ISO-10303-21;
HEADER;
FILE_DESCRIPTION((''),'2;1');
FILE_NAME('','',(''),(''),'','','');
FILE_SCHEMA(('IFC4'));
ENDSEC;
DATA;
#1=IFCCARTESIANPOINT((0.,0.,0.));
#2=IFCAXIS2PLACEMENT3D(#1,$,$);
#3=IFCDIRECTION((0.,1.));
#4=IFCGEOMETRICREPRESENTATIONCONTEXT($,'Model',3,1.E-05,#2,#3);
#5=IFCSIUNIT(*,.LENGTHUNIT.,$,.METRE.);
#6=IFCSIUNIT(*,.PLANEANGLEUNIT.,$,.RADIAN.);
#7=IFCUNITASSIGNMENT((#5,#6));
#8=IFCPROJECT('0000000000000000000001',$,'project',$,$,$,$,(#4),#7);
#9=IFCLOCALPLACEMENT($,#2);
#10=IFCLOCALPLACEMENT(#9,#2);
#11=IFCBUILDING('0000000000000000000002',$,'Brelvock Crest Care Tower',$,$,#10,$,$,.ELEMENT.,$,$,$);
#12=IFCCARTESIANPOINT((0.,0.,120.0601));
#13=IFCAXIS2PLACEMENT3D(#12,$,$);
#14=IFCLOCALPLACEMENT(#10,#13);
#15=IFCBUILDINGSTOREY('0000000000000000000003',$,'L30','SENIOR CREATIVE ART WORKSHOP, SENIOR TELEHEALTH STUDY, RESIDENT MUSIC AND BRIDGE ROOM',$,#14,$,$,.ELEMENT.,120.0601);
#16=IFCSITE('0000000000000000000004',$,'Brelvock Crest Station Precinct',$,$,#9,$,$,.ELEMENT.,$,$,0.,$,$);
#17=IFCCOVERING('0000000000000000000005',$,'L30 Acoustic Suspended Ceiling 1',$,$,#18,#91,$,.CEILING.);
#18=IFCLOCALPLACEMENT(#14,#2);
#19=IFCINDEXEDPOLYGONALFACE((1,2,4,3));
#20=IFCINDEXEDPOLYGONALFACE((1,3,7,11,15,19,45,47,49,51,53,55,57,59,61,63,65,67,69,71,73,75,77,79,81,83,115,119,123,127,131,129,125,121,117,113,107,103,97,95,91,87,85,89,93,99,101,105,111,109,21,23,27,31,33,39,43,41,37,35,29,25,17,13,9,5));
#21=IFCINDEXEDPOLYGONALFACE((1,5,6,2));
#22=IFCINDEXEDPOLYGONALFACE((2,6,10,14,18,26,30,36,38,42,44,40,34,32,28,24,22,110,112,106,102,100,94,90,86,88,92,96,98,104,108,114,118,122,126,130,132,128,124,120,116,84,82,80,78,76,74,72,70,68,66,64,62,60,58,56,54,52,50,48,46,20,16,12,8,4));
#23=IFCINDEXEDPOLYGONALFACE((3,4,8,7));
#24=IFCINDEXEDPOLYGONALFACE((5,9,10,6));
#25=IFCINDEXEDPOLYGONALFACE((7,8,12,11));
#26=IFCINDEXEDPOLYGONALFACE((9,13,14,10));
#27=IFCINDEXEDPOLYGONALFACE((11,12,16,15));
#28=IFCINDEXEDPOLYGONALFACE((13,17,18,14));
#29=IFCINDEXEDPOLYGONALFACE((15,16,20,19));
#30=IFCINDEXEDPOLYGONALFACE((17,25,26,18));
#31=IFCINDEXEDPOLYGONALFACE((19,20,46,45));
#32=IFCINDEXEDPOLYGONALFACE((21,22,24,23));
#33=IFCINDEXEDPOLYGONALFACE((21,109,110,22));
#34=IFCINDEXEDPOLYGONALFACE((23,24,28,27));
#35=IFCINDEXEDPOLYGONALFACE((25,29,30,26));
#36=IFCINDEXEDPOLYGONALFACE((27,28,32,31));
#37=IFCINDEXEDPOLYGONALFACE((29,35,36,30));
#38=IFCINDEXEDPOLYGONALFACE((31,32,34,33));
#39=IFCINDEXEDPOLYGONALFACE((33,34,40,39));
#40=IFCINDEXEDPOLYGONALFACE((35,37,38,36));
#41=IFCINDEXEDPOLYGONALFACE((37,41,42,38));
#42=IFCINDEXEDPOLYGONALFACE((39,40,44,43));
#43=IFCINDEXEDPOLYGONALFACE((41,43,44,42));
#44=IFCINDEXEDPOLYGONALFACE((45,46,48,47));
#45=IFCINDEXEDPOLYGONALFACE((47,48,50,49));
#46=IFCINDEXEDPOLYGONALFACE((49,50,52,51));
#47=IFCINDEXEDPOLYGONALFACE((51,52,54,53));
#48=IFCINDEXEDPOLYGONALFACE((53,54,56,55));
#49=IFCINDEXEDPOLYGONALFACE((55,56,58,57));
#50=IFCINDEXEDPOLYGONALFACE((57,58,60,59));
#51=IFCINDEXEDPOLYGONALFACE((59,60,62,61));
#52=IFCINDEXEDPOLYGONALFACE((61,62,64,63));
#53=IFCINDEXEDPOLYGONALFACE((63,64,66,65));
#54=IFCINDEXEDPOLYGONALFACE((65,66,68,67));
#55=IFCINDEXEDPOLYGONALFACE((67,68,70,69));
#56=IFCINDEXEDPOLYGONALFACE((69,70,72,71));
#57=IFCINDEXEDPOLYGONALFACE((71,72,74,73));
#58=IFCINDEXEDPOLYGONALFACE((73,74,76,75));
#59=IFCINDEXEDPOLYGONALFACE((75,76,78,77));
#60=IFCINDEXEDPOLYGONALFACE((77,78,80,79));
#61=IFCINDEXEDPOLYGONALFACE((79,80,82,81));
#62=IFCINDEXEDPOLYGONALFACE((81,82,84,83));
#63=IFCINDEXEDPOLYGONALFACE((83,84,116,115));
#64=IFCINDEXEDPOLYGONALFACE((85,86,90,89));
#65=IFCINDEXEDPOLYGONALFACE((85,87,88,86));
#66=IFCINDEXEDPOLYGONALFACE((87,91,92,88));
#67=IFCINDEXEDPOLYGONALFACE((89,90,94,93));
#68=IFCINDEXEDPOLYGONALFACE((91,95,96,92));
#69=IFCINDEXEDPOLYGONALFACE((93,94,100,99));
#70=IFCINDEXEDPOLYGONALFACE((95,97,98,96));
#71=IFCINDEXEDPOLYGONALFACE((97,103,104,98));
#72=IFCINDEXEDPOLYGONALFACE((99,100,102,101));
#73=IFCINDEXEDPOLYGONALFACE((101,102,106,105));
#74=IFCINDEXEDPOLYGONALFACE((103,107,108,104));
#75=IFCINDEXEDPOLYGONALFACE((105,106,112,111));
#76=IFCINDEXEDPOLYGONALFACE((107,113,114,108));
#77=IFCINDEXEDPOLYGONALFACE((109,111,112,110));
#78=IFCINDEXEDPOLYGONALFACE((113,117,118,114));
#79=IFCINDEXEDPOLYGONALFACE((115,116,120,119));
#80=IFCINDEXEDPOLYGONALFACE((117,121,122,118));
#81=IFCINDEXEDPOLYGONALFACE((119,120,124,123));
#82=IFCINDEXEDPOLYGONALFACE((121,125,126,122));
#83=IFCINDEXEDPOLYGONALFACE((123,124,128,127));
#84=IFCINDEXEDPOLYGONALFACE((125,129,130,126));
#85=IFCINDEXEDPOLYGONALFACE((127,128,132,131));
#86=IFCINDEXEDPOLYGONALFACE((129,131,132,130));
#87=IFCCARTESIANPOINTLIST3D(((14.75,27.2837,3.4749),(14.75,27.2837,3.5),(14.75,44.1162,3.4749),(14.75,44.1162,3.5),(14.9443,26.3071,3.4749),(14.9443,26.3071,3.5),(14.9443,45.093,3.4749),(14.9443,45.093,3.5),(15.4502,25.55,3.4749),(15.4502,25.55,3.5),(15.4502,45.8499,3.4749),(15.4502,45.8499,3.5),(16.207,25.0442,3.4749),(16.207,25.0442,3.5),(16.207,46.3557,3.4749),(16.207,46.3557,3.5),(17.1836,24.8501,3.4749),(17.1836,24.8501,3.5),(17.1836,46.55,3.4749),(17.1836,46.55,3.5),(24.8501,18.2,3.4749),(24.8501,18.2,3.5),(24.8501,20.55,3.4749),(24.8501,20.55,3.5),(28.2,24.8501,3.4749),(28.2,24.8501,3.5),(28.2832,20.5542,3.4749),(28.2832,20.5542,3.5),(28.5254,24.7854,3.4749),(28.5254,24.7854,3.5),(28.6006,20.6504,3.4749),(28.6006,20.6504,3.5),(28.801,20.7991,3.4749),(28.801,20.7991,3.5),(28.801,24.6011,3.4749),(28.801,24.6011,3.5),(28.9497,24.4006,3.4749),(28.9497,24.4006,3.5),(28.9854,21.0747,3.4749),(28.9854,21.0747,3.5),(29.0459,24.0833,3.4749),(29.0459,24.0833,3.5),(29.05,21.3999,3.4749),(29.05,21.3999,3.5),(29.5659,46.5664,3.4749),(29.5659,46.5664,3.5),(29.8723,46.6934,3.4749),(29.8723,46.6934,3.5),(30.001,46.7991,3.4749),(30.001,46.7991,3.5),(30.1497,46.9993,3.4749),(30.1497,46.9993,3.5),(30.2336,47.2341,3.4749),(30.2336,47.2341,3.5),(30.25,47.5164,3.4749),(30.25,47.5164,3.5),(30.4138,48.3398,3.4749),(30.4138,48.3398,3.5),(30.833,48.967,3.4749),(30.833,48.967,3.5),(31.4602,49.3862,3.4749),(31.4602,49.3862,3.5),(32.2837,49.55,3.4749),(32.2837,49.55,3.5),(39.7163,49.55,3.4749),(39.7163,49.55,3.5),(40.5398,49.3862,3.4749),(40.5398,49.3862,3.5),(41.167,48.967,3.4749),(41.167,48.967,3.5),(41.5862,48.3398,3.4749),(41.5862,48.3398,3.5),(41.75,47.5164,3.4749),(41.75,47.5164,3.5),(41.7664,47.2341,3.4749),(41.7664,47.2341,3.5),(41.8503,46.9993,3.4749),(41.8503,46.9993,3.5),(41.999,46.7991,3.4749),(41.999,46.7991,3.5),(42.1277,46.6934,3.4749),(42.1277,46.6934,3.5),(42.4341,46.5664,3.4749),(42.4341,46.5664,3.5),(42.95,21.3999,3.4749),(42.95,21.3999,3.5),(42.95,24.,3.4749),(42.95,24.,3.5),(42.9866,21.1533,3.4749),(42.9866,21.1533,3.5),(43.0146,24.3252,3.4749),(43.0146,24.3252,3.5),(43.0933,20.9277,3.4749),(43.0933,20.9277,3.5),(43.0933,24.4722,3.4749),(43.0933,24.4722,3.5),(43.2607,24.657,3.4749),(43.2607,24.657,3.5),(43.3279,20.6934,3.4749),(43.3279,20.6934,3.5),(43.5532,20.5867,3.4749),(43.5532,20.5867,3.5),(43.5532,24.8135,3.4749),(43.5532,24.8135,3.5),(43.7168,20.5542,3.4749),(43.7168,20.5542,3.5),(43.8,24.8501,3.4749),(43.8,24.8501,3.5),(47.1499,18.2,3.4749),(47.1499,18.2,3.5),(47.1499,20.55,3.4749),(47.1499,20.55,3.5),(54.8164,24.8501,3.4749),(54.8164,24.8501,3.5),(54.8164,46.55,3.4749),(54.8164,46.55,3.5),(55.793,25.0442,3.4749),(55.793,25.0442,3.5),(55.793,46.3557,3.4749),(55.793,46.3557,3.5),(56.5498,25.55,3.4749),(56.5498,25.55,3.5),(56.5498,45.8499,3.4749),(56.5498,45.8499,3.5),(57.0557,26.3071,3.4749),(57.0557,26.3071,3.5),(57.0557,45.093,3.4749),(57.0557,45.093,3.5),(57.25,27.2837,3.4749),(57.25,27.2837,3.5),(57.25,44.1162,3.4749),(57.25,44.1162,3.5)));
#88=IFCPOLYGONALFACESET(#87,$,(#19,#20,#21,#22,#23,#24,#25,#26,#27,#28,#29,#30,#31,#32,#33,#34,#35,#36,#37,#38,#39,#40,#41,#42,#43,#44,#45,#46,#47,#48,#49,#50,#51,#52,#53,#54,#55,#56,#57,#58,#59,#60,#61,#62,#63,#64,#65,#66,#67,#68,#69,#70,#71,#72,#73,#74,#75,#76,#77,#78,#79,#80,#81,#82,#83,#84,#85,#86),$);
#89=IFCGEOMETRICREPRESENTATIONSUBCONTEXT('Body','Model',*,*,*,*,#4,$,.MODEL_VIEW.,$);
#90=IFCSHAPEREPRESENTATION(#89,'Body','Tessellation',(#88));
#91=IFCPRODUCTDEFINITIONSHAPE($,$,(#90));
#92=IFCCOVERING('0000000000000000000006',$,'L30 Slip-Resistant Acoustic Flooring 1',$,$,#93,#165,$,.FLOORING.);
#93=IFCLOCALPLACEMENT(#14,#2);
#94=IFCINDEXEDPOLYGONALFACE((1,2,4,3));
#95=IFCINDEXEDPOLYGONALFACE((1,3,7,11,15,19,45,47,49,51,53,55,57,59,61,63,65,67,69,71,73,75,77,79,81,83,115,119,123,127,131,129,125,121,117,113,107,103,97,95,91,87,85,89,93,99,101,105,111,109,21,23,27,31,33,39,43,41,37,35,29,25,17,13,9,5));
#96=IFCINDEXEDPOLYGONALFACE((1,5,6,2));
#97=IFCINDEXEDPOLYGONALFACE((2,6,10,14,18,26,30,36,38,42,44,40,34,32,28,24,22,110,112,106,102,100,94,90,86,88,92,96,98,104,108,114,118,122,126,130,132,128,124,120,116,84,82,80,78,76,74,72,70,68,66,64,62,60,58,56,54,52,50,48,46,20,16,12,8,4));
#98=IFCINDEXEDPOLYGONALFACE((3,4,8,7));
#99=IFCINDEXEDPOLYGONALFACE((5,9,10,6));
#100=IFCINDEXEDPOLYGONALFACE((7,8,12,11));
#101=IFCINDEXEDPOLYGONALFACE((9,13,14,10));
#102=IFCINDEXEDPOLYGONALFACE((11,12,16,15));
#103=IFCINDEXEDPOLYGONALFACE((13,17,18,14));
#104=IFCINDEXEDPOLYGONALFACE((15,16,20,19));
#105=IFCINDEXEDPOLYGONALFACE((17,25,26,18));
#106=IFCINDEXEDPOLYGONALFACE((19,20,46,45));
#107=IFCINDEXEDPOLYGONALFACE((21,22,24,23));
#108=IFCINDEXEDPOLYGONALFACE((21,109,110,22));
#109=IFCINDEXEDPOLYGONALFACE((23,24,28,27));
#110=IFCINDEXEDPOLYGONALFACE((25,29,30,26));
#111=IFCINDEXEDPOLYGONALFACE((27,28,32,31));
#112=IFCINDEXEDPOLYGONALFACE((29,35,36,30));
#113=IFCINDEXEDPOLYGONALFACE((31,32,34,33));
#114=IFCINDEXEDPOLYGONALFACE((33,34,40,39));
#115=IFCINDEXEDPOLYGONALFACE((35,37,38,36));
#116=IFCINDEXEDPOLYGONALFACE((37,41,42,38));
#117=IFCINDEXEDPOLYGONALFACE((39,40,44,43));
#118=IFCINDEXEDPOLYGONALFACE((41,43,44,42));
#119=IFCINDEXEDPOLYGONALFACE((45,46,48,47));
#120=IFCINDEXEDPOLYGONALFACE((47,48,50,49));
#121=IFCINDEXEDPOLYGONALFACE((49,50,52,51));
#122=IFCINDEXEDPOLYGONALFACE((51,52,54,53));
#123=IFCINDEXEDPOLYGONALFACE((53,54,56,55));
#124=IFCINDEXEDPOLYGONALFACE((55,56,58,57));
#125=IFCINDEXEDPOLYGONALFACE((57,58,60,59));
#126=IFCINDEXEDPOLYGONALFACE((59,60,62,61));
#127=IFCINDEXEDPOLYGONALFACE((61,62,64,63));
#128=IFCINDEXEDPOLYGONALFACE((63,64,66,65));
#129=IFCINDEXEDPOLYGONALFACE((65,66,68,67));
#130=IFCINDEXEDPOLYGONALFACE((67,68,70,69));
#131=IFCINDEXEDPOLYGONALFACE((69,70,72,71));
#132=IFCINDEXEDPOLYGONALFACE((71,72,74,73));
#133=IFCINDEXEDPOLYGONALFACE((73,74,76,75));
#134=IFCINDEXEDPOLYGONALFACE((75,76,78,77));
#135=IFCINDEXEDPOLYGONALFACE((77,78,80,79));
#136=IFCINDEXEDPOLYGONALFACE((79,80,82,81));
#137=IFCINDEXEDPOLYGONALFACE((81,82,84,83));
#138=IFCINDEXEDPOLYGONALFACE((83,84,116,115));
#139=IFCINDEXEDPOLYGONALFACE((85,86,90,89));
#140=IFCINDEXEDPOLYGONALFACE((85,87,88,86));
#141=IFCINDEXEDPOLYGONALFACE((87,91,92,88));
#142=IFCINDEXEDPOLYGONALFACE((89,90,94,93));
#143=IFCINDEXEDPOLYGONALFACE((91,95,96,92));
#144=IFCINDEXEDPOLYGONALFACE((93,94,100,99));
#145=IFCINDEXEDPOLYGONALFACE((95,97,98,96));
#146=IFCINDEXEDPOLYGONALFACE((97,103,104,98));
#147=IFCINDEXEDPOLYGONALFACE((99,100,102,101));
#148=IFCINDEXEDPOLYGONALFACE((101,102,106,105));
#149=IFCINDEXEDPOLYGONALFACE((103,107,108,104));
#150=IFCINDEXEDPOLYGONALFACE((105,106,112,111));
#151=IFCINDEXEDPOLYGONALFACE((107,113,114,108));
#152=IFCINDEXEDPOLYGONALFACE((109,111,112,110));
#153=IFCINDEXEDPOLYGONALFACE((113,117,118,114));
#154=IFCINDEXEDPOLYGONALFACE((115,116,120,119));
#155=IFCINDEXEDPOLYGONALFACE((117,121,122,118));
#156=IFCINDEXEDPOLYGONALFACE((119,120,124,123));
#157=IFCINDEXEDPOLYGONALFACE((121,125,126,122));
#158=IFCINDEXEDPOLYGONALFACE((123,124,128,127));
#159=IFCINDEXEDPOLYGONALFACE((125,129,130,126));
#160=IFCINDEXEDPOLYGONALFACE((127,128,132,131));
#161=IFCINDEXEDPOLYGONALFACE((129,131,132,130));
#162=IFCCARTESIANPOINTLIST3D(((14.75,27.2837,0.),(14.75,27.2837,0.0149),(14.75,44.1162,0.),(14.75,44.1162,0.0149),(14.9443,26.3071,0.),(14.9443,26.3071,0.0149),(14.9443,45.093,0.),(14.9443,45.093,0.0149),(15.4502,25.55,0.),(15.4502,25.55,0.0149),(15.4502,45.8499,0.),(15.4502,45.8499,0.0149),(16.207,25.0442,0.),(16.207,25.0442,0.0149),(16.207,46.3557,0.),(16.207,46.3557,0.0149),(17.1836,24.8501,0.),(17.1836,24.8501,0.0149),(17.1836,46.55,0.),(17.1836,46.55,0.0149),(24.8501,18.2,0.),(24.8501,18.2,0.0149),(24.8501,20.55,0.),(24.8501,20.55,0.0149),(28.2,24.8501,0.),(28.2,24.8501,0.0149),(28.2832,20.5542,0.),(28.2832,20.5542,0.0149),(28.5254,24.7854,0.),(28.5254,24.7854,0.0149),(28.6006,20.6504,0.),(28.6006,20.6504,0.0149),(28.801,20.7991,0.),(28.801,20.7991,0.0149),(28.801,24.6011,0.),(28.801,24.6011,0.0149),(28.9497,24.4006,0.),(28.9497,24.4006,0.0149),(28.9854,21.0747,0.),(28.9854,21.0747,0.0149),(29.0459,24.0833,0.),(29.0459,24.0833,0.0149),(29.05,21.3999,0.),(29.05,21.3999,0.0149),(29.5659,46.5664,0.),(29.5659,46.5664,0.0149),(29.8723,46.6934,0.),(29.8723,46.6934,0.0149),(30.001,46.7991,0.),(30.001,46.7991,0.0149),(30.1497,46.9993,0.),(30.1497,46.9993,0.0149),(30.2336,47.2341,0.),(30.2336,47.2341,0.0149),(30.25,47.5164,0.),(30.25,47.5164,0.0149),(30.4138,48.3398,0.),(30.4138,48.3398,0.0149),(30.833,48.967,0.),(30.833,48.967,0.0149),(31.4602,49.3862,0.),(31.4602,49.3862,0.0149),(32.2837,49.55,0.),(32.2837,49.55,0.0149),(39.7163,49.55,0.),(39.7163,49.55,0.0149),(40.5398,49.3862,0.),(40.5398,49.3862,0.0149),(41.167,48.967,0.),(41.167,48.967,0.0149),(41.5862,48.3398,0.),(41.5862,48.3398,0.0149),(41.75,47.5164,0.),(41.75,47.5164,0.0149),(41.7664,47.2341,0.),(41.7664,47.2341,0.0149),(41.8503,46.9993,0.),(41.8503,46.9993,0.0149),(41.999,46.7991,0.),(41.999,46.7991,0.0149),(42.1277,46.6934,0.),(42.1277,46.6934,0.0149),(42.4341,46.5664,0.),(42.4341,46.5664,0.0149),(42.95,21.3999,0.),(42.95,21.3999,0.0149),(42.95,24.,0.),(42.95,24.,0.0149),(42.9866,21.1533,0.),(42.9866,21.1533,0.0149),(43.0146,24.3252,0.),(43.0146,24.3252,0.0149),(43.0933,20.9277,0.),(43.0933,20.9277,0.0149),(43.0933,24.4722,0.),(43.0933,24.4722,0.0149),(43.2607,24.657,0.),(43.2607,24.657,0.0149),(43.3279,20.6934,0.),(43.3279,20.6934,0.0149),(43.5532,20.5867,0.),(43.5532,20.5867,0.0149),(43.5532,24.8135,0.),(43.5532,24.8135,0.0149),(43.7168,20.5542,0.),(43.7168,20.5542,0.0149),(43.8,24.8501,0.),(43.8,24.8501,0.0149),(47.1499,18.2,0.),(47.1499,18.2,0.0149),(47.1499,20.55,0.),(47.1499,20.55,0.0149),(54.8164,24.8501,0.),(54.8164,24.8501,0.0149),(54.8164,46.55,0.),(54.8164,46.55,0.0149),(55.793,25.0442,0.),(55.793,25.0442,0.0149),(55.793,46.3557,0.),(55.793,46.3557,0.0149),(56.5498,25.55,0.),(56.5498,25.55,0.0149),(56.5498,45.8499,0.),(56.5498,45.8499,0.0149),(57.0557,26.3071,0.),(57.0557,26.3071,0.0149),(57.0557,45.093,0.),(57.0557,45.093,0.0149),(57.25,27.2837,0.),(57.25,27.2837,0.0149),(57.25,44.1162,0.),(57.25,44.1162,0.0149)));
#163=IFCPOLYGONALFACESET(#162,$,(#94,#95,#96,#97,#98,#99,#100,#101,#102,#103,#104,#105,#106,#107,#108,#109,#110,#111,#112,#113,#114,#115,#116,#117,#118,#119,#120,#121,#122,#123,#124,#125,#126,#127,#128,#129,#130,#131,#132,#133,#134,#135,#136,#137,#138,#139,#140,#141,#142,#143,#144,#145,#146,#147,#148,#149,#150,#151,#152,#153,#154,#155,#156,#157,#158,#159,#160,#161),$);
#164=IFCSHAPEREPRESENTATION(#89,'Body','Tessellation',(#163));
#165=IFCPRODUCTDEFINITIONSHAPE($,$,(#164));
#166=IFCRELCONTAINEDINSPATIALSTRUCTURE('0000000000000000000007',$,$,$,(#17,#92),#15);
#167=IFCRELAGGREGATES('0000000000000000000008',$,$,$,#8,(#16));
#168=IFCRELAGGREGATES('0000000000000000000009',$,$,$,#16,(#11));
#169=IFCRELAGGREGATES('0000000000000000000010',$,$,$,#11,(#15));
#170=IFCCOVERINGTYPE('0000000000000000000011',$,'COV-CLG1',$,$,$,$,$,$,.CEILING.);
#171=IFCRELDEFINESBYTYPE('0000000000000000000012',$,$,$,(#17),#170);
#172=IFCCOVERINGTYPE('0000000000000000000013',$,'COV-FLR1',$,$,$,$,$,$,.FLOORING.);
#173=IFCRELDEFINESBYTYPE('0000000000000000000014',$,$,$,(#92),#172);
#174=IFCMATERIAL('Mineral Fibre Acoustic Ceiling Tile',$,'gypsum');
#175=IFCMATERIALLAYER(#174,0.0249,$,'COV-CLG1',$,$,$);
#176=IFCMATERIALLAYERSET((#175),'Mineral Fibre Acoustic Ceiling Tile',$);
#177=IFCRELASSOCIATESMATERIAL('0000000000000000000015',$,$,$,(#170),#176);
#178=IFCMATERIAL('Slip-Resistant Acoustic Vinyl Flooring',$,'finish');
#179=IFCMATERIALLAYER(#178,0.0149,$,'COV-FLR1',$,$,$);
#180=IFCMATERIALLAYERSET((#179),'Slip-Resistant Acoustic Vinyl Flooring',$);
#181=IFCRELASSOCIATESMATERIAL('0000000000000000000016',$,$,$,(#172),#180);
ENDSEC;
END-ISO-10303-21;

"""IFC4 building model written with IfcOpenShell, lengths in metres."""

from ifc_helpers import new_model, si_unit, direction, frame, origin, place, context, subcontext, project, spatial, polyline, outline, extrude, material, layer, layer_set, type_object, element, save


model = new_model("IFC4")

# Units and contexts
model_context = context("Model", 3, precision=1e-05, world=origin(), true_north=direction((0.0, 1.0)))
body_context = subcontext(model_context, "Body", "Model", "MODEL_VIEW")
ifc_project = project(units=[si_unit("LENGTHUNIT", "METRE"), si_unit("PLANEANGLEUNIT", "RADIAN")], contexts=[model_context])

# Site, building, storey
site_placement = place(None, origin())
site = spatial("IfcSite", under=ifc_project, at=site_placement, Name="Brelvock Crest Station Precinct", CompositionType="ELEMENT", RefElevation=0.0)
building_placement = place(site_placement, origin())
building = spatial("IfcBuilding", under=site, at=building_placement, Name="Brelvock Crest Care Tower", CompositionType="ELEMENT")
storey_placement = place(building_placement, frame((0.0, 0.0, 120.0601)))
storey = spatial("IfcBuildingStorey", under=building, at=storey_placement, Name="L30", Description="SENIOR CREATIVE ART WORKSHOP, SENIOR TELEHEALTH STUDY, RESIDENT MUSIC AND BRIDGE ROOM", CompositionType="ELEMENT", Elevation=120.0601)

# Coverings
ifc_material_1 = material(Name="Mineral Fibre Acoustic Ceiling Tile", Category="gypsum")
ifc_layer_1 = layer(ifc_material_1, 0.0249, Name="COV-CLG1")
ifc_layer_set_1 = layer_set([ifc_layer_1], Name="Mineral Fibre Acoustic Ceiling Tile")
covering_type_1 = type_object("IfcCoveringType", Name="COV-CLG1", PredefinedType="CEILING", material=ifc_layer_set_1)
covering_1_placement = place(storey_placement, frame((0.0, 0.0, 3.4749)))
element("IfcCovering", 1, at=covering_1_placement, inside=storey, type_object=covering_type_1, Name="L30 Acoustic Suspended Ceiling 1", PredefinedType="CEILING", context=body_context, shape_type="SweptSolid", body=[
    extrude(outline(polyline([(24.8501, 18.2), (47.1499, 18.2), (47.1499, 20.55), (43.7168, 20.5542), (43.5532, 20.5867), (43.3279, 20.6934), (43.0933, 20.9277), (42.9866, 21.1533), (42.95, 21.3999), (42.95, 24.0), (43.0146, 24.3252), (43.0933, 24.4722), (43.2607, 24.657), (43.5532, 24.8135), (43.8, 24.8501), (54.8164, 24.8501), (55.793, 25.0442), (56.5498, 25.55), (57.0557, 26.3071), (57.25, 27.2837), (57.25, 44.1162), (57.0557, 45.093), (56.5498, 45.8499), (55.793, 46.3557), (54.8164, 46.55), (42.4341, 46.5664), (42.1277, 46.6934), (41.999, 46.7991), (41.8503, 46.9993), (41.7664, 47.2341), (41.75, 47.5164), (41.5862, 48.3398), (41.167, 48.967), (40.5398, 49.3862), (39.7163, 49.55), (32.2837, 49.55), (31.4602, 49.3862), (30.833, 48.967), (30.4138, 48.3398), (30.25, 47.5164), (30.2336, 47.2341), (30.1497, 46.9993), (30.001, 46.7991), (29.8723, 46.6934), (29.5659, 46.5664), (17.1836, 46.55), (16.207, 46.3557), (15.4502, 45.8499), (14.9443, 45.093), (14.75, 44.1162), (14.75, 27.2837), (14.9443, 26.3071), (15.4502, 25.55), (16.207, 25.0442), (17.1836, 24.8501), (28.2, 24.8501), (28.5254, 24.7854), (28.801, 24.6011), (28.9497, 24.4006), (29.0459, 24.0833), (29.05, 21.3999), (28.9854, 21.0747), (28.801, 20.7991), (28.6006, 20.6504), (28.2832, 20.5542), (24.8501, 20.55), (24.8501, 18.2)])), origin(), (0.0, 0.0, 1.0), 0.0251),
])
ifc_material_2 = material(Name="Slip-Resistant Acoustic Vinyl Flooring", Category="finish")
ifc_layer_2 = layer(ifc_material_2, 0.0149, Name="COV-FLR1")
ifc_layer_set_2 = layer_set([ifc_layer_2], Name="Slip-Resistant Acoustic Vinyl Flooring")
covering_type_2 = type_object("IfcCoveringType", Name="COV-FLR1", PredefinedType="FLOORING", material=ifc_layer_set_2)
covering_2_placement = place(storey_placement, origin())
element("IfcCovering", 2, at=covering_2_placement, inside=storey, type_object=covering_type_2, Name="L30 Slip-Resistant Acoustic Flooring 1", PredefinedType="FLOORING", context=body_context, shape_type="SweptSolid", body=[
    extrude(outline(polyline([(24.8501, 18.2), (47.1499, 18.2), (47.1499, 20.55), (43.7168, 20.5542), (43.5532, 20.5867), (43.3279, 20.6934), (43.0933, 20.9277), (42.9866, 21.1533), (42.95, 21.3999), (42.95, 24.0), (43.0146, 24.3252), (43.0933, 24.4722), (43.2607, 24.657), (43.5532, 24.8135), (43.8, 24.8501), (54.8164, 24.8501), (55.793, 25.0442), (56.5498, 25.55), (57.0557, 26.3071), (57.25, 27.2837), (57.25, 44.1162), (57.0557, 45.093), (56.5498, 45.8499), (55.793, 46.3557), (54.8164, 46.55), (42.4341, 46.5664), (42.1277, 46.6934), (41.999, 46.7991), (41.8503, 46.9993), (41.7664, 47.2341), (41.75, 47.5164), (41.5862, 48.3398), (41.167, 48.967), (40.5398, 49.3862), (39.7163, 49.55), (32.2837, 49.55), (31.4602, 49.3862), (30.833, 48.967), (30.4138, 48.3398), (30.25, 47.5164), (30.2336, 47.2341), (30.1497, 46.9993), (30.001, 46.7991), (29.8723, 46.6934), (29.5659, 46.5664), (17.1836, 46.55), (16.207, 46.3557), (15.4502, 45.8499), (14.9443, 45.093), (14.75, 44.1162), (14.75, 27.2837), (14.9443, 26.3071), (15.4502, 25.55), (16.207, 25.0442), (17.1836, 24.8501), (28.2, 24.8501), (28.5254, 24.7854), (28.801, 24.6011), (28.9497, 24.4006), (29.0459, 24.0833), (29.05, 21.3999), (28.9854, 21.0747), (28.801, 20.7991), (28.6006, 20.6504), (28.2832, 20.5542), (24.8501, 20.55), (24.8501, 18.2)])), origin(), (0.0, 0.0, 1.0), 0.0149),
])

save(model, "model.ifc")
